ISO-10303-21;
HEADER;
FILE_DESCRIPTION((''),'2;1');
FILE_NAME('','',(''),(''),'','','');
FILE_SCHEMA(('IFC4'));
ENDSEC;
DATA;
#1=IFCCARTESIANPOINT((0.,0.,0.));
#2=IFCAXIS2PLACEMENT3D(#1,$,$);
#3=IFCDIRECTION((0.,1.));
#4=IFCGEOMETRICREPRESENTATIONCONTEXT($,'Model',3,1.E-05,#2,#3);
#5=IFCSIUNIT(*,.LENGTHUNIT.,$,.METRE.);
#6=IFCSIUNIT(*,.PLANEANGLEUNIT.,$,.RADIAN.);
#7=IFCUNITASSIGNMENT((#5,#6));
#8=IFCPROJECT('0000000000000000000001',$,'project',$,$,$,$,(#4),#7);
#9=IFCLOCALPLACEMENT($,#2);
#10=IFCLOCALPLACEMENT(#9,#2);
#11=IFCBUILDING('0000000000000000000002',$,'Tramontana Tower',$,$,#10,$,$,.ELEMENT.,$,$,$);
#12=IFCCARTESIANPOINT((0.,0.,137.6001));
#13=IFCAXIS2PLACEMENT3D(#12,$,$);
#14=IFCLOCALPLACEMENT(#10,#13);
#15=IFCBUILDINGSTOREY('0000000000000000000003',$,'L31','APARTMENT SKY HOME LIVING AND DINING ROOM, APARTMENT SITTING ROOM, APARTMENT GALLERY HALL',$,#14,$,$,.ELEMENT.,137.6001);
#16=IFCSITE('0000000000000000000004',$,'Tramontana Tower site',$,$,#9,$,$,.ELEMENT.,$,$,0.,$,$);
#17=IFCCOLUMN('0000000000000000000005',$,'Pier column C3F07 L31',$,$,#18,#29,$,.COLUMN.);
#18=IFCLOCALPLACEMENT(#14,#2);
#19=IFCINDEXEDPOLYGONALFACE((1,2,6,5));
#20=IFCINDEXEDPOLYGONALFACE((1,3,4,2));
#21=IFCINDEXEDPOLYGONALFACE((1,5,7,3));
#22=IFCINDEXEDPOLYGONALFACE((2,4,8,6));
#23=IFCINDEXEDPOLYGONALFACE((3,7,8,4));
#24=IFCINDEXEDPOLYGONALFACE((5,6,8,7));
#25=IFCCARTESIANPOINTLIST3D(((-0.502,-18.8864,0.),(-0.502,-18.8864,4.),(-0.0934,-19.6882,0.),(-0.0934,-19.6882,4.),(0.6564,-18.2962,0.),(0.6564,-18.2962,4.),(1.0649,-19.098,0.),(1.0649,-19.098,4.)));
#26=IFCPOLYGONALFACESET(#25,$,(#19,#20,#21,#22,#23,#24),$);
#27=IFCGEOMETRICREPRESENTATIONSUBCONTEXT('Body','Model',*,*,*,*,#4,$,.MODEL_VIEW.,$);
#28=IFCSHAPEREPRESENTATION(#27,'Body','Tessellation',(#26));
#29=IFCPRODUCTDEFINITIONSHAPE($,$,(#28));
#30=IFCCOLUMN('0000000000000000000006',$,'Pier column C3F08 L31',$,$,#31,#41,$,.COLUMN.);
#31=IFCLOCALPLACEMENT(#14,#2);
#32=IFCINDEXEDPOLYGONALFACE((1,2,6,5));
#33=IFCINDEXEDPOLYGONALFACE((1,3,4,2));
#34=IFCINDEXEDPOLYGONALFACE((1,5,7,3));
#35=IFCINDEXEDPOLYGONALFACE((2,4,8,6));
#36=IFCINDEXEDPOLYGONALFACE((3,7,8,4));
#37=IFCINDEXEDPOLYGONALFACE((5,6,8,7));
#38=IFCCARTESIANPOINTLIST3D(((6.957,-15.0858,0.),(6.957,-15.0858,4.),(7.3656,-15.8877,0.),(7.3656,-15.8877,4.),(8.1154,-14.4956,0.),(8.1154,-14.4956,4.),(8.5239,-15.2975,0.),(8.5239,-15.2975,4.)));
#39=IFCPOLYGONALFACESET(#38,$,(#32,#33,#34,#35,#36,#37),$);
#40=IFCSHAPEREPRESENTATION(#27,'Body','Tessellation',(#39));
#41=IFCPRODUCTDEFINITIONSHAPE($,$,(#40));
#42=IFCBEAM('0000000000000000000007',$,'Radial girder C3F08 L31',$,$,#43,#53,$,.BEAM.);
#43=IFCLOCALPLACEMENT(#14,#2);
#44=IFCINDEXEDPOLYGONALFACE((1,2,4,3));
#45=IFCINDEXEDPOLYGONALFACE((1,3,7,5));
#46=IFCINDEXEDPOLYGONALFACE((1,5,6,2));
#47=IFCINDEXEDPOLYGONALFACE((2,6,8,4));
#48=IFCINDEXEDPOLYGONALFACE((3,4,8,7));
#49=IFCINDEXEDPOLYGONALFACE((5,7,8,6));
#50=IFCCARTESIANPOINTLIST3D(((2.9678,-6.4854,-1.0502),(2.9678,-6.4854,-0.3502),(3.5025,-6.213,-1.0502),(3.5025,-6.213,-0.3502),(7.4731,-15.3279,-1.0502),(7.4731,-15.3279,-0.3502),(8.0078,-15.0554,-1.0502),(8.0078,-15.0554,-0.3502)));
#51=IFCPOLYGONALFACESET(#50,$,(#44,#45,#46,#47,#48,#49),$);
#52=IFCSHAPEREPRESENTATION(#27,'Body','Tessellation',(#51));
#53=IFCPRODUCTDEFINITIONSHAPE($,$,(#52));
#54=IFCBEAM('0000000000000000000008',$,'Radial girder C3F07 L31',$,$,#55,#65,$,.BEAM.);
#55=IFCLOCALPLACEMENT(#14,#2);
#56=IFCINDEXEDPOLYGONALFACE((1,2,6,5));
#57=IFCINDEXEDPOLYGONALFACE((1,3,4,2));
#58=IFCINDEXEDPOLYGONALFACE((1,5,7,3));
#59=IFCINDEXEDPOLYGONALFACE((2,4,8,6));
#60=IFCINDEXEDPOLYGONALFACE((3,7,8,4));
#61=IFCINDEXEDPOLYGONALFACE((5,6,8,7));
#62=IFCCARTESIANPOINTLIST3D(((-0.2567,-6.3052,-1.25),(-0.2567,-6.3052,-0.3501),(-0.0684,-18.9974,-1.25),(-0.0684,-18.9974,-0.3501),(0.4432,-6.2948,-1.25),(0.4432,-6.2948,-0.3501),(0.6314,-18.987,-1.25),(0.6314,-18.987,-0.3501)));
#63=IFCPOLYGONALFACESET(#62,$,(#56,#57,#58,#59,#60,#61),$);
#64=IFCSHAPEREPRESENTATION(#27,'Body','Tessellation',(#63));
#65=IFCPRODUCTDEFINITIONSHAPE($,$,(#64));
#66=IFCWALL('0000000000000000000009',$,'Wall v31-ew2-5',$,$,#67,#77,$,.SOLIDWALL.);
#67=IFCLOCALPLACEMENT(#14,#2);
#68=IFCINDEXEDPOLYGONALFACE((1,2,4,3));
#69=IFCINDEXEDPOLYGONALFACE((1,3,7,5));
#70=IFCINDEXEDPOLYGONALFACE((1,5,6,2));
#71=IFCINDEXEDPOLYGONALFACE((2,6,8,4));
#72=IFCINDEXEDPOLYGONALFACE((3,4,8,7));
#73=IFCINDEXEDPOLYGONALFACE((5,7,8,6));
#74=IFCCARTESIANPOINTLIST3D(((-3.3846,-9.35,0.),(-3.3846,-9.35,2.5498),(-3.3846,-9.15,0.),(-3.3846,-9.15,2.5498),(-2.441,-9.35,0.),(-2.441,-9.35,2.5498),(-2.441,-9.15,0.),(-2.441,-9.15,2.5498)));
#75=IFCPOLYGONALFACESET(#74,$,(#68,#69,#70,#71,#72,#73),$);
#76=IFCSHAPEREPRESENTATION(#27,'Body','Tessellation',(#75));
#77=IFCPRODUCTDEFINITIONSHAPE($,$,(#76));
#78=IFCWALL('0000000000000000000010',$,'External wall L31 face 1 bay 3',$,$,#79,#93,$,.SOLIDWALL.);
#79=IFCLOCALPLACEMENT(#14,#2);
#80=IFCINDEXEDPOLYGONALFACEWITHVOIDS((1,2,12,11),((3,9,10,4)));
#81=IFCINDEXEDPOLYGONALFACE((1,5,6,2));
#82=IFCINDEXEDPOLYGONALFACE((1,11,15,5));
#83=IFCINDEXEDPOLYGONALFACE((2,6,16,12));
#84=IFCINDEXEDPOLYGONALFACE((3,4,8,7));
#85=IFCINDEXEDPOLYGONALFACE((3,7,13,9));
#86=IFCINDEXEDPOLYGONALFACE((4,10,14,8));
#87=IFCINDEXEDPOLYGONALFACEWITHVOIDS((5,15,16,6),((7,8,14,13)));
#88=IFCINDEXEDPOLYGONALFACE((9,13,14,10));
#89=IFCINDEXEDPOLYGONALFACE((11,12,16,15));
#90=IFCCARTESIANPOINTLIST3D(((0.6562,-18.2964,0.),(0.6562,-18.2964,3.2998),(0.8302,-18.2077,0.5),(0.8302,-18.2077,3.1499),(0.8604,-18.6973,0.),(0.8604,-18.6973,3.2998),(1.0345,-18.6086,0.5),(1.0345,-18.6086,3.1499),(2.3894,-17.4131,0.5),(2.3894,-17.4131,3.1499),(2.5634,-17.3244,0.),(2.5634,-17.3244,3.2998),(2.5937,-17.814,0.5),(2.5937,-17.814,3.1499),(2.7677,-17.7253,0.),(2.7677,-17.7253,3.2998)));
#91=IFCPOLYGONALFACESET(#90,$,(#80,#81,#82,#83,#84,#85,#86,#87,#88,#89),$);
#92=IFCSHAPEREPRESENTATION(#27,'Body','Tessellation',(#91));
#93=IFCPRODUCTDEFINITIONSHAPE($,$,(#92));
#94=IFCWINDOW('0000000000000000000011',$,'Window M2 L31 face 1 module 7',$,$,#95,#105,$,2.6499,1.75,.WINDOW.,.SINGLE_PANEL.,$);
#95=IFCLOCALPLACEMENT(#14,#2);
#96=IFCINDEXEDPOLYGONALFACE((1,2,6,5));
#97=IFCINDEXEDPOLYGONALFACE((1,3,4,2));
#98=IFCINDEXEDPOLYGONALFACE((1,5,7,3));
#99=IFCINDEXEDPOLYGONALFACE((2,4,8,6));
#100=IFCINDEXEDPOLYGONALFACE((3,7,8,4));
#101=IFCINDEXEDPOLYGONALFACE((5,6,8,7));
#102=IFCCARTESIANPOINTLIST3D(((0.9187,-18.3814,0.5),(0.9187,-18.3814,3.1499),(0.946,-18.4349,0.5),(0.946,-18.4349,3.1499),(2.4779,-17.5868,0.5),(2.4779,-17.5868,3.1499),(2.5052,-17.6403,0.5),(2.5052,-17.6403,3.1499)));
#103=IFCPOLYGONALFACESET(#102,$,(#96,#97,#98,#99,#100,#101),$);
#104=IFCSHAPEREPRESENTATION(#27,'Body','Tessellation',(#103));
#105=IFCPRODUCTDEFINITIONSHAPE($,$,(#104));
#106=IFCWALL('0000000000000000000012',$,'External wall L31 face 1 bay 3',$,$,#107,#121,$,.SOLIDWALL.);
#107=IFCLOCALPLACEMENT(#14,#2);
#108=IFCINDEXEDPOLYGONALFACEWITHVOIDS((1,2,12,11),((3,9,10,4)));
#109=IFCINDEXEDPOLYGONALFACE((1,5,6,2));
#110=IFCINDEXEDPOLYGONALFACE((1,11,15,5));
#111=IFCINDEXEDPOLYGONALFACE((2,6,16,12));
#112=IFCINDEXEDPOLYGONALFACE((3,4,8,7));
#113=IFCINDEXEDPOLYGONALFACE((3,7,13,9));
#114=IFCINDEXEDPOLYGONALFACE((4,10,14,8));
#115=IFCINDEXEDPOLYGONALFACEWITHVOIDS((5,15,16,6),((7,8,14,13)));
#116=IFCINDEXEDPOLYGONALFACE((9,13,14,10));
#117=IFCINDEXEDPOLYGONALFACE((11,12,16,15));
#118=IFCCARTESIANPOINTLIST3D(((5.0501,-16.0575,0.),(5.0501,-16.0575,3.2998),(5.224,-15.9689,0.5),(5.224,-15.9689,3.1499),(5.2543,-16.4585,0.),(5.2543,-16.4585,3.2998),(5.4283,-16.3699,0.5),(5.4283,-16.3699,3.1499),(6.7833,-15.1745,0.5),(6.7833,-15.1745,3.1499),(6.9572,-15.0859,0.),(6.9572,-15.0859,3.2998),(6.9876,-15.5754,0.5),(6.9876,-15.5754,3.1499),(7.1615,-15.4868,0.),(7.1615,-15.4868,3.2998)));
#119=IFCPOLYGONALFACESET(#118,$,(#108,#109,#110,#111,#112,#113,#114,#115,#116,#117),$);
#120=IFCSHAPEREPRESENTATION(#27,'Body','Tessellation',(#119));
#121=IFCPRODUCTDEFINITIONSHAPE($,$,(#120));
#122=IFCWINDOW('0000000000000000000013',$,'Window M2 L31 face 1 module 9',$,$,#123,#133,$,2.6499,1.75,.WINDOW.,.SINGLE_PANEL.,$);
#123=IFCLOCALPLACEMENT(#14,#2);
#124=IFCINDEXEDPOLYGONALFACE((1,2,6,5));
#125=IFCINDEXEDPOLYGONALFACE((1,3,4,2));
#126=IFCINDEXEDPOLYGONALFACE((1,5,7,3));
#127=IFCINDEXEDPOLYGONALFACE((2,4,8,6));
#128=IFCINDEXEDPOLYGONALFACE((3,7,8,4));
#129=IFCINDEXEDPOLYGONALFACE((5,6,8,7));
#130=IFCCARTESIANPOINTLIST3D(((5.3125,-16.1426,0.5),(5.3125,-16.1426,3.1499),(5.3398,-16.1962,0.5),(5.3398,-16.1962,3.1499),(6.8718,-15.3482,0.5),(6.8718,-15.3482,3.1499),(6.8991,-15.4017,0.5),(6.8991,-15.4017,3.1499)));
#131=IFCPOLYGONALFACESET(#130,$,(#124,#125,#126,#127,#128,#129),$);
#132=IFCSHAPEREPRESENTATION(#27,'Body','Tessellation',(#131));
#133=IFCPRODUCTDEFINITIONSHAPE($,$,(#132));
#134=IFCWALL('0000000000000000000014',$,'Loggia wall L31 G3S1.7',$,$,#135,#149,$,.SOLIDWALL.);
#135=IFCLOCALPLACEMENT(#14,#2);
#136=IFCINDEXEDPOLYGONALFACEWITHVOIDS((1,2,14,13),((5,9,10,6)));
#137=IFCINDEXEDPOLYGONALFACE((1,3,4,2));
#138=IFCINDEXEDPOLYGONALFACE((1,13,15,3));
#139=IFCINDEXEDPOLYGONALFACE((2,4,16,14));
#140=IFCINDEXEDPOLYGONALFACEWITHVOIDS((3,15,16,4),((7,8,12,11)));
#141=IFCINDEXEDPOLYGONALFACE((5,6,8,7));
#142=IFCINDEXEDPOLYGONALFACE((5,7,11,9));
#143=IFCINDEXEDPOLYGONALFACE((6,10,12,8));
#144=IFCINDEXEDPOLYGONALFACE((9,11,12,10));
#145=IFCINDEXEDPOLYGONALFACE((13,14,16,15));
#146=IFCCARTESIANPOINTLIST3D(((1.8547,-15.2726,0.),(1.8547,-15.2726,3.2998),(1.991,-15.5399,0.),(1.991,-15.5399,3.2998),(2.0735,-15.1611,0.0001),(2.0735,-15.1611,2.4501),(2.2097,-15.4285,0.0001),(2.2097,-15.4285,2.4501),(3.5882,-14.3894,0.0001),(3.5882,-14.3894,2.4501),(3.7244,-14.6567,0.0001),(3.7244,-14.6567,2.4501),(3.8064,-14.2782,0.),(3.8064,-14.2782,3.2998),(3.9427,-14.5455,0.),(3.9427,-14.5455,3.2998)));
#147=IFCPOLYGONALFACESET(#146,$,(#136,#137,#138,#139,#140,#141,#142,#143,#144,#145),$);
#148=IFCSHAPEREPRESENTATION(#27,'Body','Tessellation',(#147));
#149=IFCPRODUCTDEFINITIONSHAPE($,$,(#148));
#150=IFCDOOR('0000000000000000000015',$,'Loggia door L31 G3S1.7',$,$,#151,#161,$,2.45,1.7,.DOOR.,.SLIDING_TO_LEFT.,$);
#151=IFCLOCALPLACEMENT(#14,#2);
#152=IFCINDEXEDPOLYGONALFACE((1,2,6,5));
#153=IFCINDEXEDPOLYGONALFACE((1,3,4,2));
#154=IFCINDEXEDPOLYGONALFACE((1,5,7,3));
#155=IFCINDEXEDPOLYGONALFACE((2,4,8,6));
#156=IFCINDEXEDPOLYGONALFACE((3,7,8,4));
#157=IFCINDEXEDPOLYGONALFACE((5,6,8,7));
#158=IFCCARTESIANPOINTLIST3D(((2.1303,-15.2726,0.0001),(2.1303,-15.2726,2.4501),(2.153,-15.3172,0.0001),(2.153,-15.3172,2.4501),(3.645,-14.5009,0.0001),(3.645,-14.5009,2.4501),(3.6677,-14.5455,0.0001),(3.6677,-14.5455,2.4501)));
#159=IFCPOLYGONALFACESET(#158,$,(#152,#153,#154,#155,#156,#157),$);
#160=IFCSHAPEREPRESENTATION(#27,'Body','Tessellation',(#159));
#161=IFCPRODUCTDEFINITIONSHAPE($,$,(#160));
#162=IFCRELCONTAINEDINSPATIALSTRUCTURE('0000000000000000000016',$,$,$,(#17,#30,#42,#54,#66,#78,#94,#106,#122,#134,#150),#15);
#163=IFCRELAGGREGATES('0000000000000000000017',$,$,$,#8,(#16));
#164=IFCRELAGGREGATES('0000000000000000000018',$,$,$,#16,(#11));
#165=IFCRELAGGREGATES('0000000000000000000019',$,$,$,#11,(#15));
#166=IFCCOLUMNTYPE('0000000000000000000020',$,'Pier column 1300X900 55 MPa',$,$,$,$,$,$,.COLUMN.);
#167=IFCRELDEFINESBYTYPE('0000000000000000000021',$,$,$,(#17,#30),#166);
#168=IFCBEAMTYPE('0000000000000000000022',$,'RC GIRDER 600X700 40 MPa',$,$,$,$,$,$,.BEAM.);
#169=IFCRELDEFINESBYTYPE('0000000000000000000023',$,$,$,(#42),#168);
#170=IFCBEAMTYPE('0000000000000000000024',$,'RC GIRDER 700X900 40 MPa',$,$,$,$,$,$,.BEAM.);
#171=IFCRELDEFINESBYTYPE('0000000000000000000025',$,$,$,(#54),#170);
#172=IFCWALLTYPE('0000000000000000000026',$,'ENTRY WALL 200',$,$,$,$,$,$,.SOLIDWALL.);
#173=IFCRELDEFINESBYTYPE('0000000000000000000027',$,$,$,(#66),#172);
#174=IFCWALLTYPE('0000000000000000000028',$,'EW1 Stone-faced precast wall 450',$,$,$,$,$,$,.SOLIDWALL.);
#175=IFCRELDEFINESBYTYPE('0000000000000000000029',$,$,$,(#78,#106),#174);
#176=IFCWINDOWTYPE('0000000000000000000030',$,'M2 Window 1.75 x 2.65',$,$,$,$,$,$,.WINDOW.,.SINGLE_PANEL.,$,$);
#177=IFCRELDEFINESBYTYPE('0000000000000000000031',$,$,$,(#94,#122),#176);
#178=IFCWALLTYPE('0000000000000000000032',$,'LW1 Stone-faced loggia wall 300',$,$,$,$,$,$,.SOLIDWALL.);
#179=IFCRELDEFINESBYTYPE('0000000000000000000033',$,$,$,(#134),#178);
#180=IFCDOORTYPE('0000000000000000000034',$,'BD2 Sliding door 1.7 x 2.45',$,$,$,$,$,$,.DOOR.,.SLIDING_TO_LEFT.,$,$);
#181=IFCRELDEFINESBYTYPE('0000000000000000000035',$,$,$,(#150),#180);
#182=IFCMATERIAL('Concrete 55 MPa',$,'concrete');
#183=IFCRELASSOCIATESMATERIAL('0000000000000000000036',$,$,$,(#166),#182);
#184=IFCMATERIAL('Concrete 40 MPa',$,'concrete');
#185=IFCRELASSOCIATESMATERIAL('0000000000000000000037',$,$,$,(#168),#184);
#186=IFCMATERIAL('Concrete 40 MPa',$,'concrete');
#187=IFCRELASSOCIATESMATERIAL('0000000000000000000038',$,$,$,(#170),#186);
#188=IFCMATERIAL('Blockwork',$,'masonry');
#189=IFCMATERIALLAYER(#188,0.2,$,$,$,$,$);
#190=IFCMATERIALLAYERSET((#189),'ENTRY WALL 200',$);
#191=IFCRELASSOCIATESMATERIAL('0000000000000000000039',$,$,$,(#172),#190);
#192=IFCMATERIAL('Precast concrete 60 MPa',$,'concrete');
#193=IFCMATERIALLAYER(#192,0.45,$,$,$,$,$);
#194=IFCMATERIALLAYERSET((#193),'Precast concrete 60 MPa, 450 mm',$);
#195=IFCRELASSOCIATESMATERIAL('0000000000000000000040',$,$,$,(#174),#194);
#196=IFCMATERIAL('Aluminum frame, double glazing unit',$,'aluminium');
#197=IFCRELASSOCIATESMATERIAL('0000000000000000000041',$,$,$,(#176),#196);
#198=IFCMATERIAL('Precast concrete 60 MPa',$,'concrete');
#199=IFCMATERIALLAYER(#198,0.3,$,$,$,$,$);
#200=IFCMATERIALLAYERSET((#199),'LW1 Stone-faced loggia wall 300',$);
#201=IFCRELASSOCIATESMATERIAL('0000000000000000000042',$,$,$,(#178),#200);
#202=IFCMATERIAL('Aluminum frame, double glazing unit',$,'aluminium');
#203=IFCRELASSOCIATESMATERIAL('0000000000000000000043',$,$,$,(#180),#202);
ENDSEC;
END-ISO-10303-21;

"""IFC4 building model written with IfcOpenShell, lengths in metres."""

from ifc_helpers import new_model, si_unit, direction, frame, frame_2d, origin, origin_2d, place, context, subcontext, project, spatial, rectangle, extrude, material, layer, layer_set, material_profile, profile_set, type_object, element, fill, save


model = new_model("IFC4")

# Units and contexts
model_context = context("Model", 3, precision=1e-05, world=origin(), true_north=direction((0.0, 1.0)))
body_context = subcontext(model_context, "Body", "Model", "MODEL_VIEW")
ifc_project = project(units=[si_unit("LENGTHUNIT", "METRE"), si_unit("PLANEANGLEUNIT", "RADIAN")], contexts=[model_context])

# Site, building, storey
site_placement = place(None, origin())
site = spatial("IfcSite", under=ifc_project, at=site_placement, Name="Tramontana Tower site", CompositionType="ELEMENT", RefElevation=0.0)
building_placement = place(site_placement, origin())
building = spatial("IfcBuilding", under=site, at=building_placement, Name="Tramontana Tower", CompositionType="ELEMENT")
storey_placement = place(building_placement, frame((0.0, 0.0, 137.6001)))
storey = spatial("IfcBuildingStorey", under=building, at=storey_placement, Name="L31", Description="APARTMENT SKY HOME LIVING AND DINING ROOM, APARTMENT SITTING ROOM, APARTMENT GALLERY HALL", CompositionType="ELEMENT", Elevation=137.6001)

# Columns
ifc_material_1 = material(Name="Concrete 55 MPa", Category="concrete")
ifc_material_profile_1 = material_profile(ifc_material_1, rectangle(XDim=1.3, YDim=0.8999, at=origin_2d()), Name="Pier column 1300X900 55 MPa")
ifc_profile_set_1 = profile_set([ifc_material_profile_1], Name="Concrete 55 MPa")
column_type = type_object("IfcColumnType", Name="Pier column 1300X900 55 MPa", PredefinedType="COLUMN", material=ifc_profile_set_1)
for number, where, z_axis, x_axis, name in (
    (1, (0.2815, -18.9922, 0.0), (0.0, 0.0, 1.0), (0.891007, 0.45399, 0.0), "Pier column C3F07 L31"),
    (2, (7.7405, -15.1917, 0.0), (0.0, 0.0, 1.0), (0.891007, 0.45399, 0.0), "Pier column C3F08 L31"),
):
    element("IfcColumn", number, at=place(storey_placement, frame(where, z_axis=z_axis, x_axis=x_axis)), inside=storey, type_object=column_type, Name=name, PredefinedType="COLUMN", context=body_context, shape_type="SweptSolid", body=[
        extrude(rectangle(XDim=1.3, YDim=0.8999, at=origin_2d()), origin(), (0.0, 0.0, 1.0), 4.0),
    ])

# Beams
ifc_material_2 = material(Name="Concrete 40 MPa", Category="concrete")
ifc_material_profile_2 = material_profile(ifc_material_2, rectangle(XDim=0.6001, YDim=0.7, at=origin_2d()), Name="RC GIRDER 600X700 40 MPa")
ifc_profile_set_2 = profile_set([ifc_material_profile_2], Name="Concrete 40 MPa")
beam_type_1 = type_object("IfcBeamType", Name="RC GIRDER 600X700 40 MPa", PredefinedType="BEAM", material=ifc_profile_set_2)
beam_1_placement = place(storey_placement, frame((7.7405, -15.1917, -0.7002), z_axis=(-0.453981, 0.891012, 0.0), x_axis=(-0.891012, -0.453981, 0.0)))
element("IfcBeam", 3, at=beam_1_placement, inside=storey, type_object=beam_type_1, Name="Radial girder C3F08 L31", PredefinedType="BEAM", context=body_context, shape_type="SweptSolid", body=[
    extrude(rectangle(XDim=0.6001, YDim=0.7, at=origin_2d()), origin(), (0.0, 0.0, 1.0), 9.9241),
])
ifc_material_3 = material(Name="Concrete 40 MPa", Category="concrete")
ifc_material_profile_3 = material_profile(ifc_material_3, rectangle(XDim=0.7, YDim=0.8999, at=origin_2d()), Name="RC GIRDER 700X900 40 MPa")
ifc_profile_set_3 = profile_set([ifc_material_profile_3], Name="Concrete 40 MPa")
beam_type_2 = type_object("IfcBeamType", Name="RC GIRDER 700X900 40 MPa", PredefinedType="BEAM", material=ifc_profile_set_3)
beam_2_placement = place(storey_placement, frame((0.2815, -18.9922, -0.8), z_axis=(-0.014829, 0.99989, 0.0), x_axis=(-0.99989, -0.014829, 0.0)))
element("IfcBeam", 4, at=beam_2_placement, inside=storey, type_object=beam_type_2, Name="Radial girder C3F07 L31", PredefinedType="BEAM", context=body_context, shape_type="SweptSolid", body=[
    extrude(rectangle(XDim=0.7, YDim=0.8999, at=origin_2d()), origin(), (0.0, 0.0, 1.0), 12.6936),
])

# Wall
ifc_material_4 = material(Name="Blockwork", Category="masonry")
ifc_layer_1 = layer(ifc_material_4, 0.2)
ifc_layer_set_1 = layer_set([ifc_layer_1], Name="ENTRY WALL 200")
wall_type_1 = type_object("IfcWallType", Name="ENTRY WALL 200", PredefinedType="SOLIDWALL", material=ifc_layer_set_1)
wall_1_placement = place(storey_placement, frame((-2.4412, -9.25, 0.0), z_axis=(0.0, 0.0, 1.0), x_axis=(-1.0, 0.0, 0.0)))
element("IfcWall", 5, at=wall_1_placement, inside=storey, type_object=wall_type_1, Name="Wall v31-ew2-5", PredefinedType="SOLIDWALL", context=body_context, shape_type="SweptSolid", body=[
    extrude(rectangle(XDim=0.9436, YDim=0.2, at=frame_2d((0.4717, 0.0))), origin(), (0.0, 0.0, 1.0), 2.5498),
])

# Walls, openings, windows
ifc_material_5 = material(Name="Precast concrete 60 MPa", Category="concrete")
ifc_layer_2 = layer(ifc_material_5, 0.45)
ifc_layer_set_2 = layer_set([ifc_layer_2], Name="Precast concrete 60 MPa, 450 mm")
wall_type_2 = type_object("IfcWallType", Name="EW1 Stone-faced precast wall 450", PredefinedType="SOLIDWALL", material=ifc_layer_set_2)
wall_2_placement = place(storey_placement, frame((0.7583, -18.4968, 0.0), z_axis=(0.0, 0.0, 1.0), x_axis=(0.890979, 0.454044, 0.0)))
wall_2 = element("IfcWall", 6, at=wall_2_placement, inside=storey, type_object=wall_type_2, Name="External wall L31 face 1 bay 3", PredefinedType="SOLIDWALL", context=body_context, shape_type="SweptSolid", body=[
    extrude(rectangle(XDim=2.1406, YDim=0.45, at=frame_2d((1.0703, 0.0))), origin(), (0.0, 0.0, 1.0), 3.2998),
])
opening_1_placement = place(wall_2_placement, frame((0.1953, 0.0, 0.5)))
opening_1 = element("IfcOpeningElement", 7, at=opening_1_placement, cuts=wall_2, PredefinedType="OPENING", context=body_context, shape_type="SweptSolid", body=[
    extrude(rectangle(XDim=1.75, YDim=2.6499, at=frame_2d((0.875, 1.325))), frame((0.0, 0.2349, 0.0), z_axis=(0.0, -1.0, 0.0), x_axis=(1.0, 0.0, 0.0)), (0.0, 0.0, 1.0), 0.47),
])
ifc_material_6 = material(Name="Aluminum frame, double glazing unit", Category="aluminium")
window_type = type_object("IfcWindowType", Name="M2 Window 1.75 x 2.65", PartitioningType="SINGLE_PANEL", PredefinedType="WINDOW", material=ifc_material_6)
window_1_placement = place(opening_1_placement, origin())
window_1 = element("IfcWindow", 8, at=window_1_placement, inside=storey, type_object=window_type, Name="Window M2 L31 face 1 module 7", OverallHeight=2.6499, OverallWidth=1.75, PartitioningType="SINGLE_PANEL", PredefinedType="WINDOW", context=body_context, shape_type="SweptSolid", body=[
    extrude(rectangle(XDim=1.75, YDim=2.6499, at=frame_2d((0.875, 1.325))), frame((0.0, 0.03, 0.0), z_axis=(0.0, -1.0, 0.0), x_axis=(1.0, 0.0, 0.0)), (0.0, 0.0, 1.0), 0.0601),
])
fill(opening_1, window_1)
wall_3_placement = place(storey_placement, frame((5.1521, -16.2581, 0.0), z_axis=(0.0, 0.0, 1.0), x_axis=(0.891026, 0.453953, 0.0)))
wall_3 = element("IfcWall", 9, at=wall_3_placement, inside=storey, type_object=wall_type_2, Name="External wall L31 face 1 bay 3", PredefinedType="SOLIDWALL", context=body_context, shape_type="SweptSolid", body=[
    extrude(rectangle(XDim=2.1404, YDim=0.45, at=frame_2d((1.0703, 0.0))), origin(), (0.0, 0.0, 1.0), 3.2998),
])
opening_2_placement = place(wall_3_placement, frame((0.1953, 0.0, 0.5)))
opening_2 = element("IfcOpeningElement", 10, at=opening_2_placement, cuts=wall_3, PredefinedType="OPENING", context=body_context, shape_type="SweptSolid", body=[
    extrude(rectangle(XDim=1.75, YDim=2.6499, at=frame_2d((0.875, 1.325))), frame((0.0, 0.2349, 0.0), z_axis=(0.0, -1.0, 0.0), x_axis=(1.0, 0.0, 0.0)), (0.0, 0.0, 1.0), 0.47),
])
window_2_placement = place(opening_2_placement, origin())
window_2 = element("IfcWindow", 11, at=window_2_placement, inside=storey, type_object=window_type, Name="Window M2 L31 face 1 module 9", OverallHeight=2.6499, OverallWidth=1.75, PartitioningType="SINGLE_PANEL", PredefinedType="WINDOW", context=body_context, shape_type="SweptSolid", body=[
    extrude(rectangle(XDim=1.75, YDim=2.6499, at=frame_2d((0.875, 1.325))), frame((0.0, 0.03, 0.0), z_axis=(0.0, -1.0, 0.0), x_axis=(1.0, 0.0, 0.0)), (0.0, 0.0, 1.0), 0.0601),
])
fill(opening_2, window_2)

# Wall, opening, door
ifc_material_7 = material(Name="Precast concrete 60 MPa", Category="concrete")
ifc_layer_3 = layer(ifc_material_7, 0.3)
ifc_layer_set_3 = layer_set([ifc_layer_3], Name="LW1 Stone-faced loggia wall 300")
wall_type_3 = type_object("IfcWallType", Name="LW1 Stone-faced loggia wall 300", PredefinedType="SOLIDWALL", material=ifc_layer_set_3)
wall_4_placement = place(storey_placement, frame((1.9229, -15.4062, 0.0), z_axis=(0.0, 0.0, 1.0), x_axis=(0.891013, 0.453978, 0.0)))
wall_4 = element("IfcWall", 12, at=wall_4_placement, inside=storey, type_object=wall_type_3, Name="Loggia wall L31 G3S1.7", PredefinedType="SOLIDWALL", context=body_context, shape_type="SweptSolid", body=[
    extrude(rectangle(XDim=2.1904, YDim=0.3, at=frame_2d((1.0952, 0.0))), origin(), (0.0, 0.0, 1.0), 3.2998),
])
opening_3_placement = place(wall_4_placement, frame((0.2454, 0.0, 0.0)))
opening_3 = element("IfcOpeningElement", 13, at=opening_3_placement, cuts=wall_4, PredefinedType="OPENING", context=body_context, shape_type="SweptSolid", body=[
    extrude(rectangle(XDim=1.7, YDim=2.45, at=frame_2d((0.8501, 1.2251))), frame((0.0, 0.1599, 0.0), z_axis=(0.0, -1.0, 0.0), x_axis=(1.0, 0.0, 0.0)), (0.0, 0.0, 1.0), 0.3201),
])
ifc_material_8 = material(Name="Aluminum frame, double glazing unit", Category="aluminium")
door_type_1 = type_object("IfcDoorType", Name="BD2 Sliding door 1.7 x 2.45", OperationType="SLIDING_TO_LEFT", PredefinedType="DOOR", material=ifc_material_8)
door_1_placement = place(opening_3_placement, origin())
door_1 = element("IfcDoor", 14, at=door_1_placement, inside=storey, type_object=door_type_1, Name="Loggia door L31 G3S1.7", OperationType="SLIDING_TO_LEFT", OverallHeight=2.45, OverallWidth=1.7, PredefinedType="DOOR", context=body_context, shape_type="SweptSolid", body=[
    extrude(rectangle(XDim=1.7, YDim=2.45, at=frame_2d((0.8501, 1.2251))), frame((0.0, 0.0249, 0.0), z_axis=(0.0, -1.0, 0.0), x_axis=(1.0, 0.0, 0.0)), (0.0, 0.0, 1.0), 0.05),
])
fill(opening_3, door_1)

save(model, "model.ifc")
